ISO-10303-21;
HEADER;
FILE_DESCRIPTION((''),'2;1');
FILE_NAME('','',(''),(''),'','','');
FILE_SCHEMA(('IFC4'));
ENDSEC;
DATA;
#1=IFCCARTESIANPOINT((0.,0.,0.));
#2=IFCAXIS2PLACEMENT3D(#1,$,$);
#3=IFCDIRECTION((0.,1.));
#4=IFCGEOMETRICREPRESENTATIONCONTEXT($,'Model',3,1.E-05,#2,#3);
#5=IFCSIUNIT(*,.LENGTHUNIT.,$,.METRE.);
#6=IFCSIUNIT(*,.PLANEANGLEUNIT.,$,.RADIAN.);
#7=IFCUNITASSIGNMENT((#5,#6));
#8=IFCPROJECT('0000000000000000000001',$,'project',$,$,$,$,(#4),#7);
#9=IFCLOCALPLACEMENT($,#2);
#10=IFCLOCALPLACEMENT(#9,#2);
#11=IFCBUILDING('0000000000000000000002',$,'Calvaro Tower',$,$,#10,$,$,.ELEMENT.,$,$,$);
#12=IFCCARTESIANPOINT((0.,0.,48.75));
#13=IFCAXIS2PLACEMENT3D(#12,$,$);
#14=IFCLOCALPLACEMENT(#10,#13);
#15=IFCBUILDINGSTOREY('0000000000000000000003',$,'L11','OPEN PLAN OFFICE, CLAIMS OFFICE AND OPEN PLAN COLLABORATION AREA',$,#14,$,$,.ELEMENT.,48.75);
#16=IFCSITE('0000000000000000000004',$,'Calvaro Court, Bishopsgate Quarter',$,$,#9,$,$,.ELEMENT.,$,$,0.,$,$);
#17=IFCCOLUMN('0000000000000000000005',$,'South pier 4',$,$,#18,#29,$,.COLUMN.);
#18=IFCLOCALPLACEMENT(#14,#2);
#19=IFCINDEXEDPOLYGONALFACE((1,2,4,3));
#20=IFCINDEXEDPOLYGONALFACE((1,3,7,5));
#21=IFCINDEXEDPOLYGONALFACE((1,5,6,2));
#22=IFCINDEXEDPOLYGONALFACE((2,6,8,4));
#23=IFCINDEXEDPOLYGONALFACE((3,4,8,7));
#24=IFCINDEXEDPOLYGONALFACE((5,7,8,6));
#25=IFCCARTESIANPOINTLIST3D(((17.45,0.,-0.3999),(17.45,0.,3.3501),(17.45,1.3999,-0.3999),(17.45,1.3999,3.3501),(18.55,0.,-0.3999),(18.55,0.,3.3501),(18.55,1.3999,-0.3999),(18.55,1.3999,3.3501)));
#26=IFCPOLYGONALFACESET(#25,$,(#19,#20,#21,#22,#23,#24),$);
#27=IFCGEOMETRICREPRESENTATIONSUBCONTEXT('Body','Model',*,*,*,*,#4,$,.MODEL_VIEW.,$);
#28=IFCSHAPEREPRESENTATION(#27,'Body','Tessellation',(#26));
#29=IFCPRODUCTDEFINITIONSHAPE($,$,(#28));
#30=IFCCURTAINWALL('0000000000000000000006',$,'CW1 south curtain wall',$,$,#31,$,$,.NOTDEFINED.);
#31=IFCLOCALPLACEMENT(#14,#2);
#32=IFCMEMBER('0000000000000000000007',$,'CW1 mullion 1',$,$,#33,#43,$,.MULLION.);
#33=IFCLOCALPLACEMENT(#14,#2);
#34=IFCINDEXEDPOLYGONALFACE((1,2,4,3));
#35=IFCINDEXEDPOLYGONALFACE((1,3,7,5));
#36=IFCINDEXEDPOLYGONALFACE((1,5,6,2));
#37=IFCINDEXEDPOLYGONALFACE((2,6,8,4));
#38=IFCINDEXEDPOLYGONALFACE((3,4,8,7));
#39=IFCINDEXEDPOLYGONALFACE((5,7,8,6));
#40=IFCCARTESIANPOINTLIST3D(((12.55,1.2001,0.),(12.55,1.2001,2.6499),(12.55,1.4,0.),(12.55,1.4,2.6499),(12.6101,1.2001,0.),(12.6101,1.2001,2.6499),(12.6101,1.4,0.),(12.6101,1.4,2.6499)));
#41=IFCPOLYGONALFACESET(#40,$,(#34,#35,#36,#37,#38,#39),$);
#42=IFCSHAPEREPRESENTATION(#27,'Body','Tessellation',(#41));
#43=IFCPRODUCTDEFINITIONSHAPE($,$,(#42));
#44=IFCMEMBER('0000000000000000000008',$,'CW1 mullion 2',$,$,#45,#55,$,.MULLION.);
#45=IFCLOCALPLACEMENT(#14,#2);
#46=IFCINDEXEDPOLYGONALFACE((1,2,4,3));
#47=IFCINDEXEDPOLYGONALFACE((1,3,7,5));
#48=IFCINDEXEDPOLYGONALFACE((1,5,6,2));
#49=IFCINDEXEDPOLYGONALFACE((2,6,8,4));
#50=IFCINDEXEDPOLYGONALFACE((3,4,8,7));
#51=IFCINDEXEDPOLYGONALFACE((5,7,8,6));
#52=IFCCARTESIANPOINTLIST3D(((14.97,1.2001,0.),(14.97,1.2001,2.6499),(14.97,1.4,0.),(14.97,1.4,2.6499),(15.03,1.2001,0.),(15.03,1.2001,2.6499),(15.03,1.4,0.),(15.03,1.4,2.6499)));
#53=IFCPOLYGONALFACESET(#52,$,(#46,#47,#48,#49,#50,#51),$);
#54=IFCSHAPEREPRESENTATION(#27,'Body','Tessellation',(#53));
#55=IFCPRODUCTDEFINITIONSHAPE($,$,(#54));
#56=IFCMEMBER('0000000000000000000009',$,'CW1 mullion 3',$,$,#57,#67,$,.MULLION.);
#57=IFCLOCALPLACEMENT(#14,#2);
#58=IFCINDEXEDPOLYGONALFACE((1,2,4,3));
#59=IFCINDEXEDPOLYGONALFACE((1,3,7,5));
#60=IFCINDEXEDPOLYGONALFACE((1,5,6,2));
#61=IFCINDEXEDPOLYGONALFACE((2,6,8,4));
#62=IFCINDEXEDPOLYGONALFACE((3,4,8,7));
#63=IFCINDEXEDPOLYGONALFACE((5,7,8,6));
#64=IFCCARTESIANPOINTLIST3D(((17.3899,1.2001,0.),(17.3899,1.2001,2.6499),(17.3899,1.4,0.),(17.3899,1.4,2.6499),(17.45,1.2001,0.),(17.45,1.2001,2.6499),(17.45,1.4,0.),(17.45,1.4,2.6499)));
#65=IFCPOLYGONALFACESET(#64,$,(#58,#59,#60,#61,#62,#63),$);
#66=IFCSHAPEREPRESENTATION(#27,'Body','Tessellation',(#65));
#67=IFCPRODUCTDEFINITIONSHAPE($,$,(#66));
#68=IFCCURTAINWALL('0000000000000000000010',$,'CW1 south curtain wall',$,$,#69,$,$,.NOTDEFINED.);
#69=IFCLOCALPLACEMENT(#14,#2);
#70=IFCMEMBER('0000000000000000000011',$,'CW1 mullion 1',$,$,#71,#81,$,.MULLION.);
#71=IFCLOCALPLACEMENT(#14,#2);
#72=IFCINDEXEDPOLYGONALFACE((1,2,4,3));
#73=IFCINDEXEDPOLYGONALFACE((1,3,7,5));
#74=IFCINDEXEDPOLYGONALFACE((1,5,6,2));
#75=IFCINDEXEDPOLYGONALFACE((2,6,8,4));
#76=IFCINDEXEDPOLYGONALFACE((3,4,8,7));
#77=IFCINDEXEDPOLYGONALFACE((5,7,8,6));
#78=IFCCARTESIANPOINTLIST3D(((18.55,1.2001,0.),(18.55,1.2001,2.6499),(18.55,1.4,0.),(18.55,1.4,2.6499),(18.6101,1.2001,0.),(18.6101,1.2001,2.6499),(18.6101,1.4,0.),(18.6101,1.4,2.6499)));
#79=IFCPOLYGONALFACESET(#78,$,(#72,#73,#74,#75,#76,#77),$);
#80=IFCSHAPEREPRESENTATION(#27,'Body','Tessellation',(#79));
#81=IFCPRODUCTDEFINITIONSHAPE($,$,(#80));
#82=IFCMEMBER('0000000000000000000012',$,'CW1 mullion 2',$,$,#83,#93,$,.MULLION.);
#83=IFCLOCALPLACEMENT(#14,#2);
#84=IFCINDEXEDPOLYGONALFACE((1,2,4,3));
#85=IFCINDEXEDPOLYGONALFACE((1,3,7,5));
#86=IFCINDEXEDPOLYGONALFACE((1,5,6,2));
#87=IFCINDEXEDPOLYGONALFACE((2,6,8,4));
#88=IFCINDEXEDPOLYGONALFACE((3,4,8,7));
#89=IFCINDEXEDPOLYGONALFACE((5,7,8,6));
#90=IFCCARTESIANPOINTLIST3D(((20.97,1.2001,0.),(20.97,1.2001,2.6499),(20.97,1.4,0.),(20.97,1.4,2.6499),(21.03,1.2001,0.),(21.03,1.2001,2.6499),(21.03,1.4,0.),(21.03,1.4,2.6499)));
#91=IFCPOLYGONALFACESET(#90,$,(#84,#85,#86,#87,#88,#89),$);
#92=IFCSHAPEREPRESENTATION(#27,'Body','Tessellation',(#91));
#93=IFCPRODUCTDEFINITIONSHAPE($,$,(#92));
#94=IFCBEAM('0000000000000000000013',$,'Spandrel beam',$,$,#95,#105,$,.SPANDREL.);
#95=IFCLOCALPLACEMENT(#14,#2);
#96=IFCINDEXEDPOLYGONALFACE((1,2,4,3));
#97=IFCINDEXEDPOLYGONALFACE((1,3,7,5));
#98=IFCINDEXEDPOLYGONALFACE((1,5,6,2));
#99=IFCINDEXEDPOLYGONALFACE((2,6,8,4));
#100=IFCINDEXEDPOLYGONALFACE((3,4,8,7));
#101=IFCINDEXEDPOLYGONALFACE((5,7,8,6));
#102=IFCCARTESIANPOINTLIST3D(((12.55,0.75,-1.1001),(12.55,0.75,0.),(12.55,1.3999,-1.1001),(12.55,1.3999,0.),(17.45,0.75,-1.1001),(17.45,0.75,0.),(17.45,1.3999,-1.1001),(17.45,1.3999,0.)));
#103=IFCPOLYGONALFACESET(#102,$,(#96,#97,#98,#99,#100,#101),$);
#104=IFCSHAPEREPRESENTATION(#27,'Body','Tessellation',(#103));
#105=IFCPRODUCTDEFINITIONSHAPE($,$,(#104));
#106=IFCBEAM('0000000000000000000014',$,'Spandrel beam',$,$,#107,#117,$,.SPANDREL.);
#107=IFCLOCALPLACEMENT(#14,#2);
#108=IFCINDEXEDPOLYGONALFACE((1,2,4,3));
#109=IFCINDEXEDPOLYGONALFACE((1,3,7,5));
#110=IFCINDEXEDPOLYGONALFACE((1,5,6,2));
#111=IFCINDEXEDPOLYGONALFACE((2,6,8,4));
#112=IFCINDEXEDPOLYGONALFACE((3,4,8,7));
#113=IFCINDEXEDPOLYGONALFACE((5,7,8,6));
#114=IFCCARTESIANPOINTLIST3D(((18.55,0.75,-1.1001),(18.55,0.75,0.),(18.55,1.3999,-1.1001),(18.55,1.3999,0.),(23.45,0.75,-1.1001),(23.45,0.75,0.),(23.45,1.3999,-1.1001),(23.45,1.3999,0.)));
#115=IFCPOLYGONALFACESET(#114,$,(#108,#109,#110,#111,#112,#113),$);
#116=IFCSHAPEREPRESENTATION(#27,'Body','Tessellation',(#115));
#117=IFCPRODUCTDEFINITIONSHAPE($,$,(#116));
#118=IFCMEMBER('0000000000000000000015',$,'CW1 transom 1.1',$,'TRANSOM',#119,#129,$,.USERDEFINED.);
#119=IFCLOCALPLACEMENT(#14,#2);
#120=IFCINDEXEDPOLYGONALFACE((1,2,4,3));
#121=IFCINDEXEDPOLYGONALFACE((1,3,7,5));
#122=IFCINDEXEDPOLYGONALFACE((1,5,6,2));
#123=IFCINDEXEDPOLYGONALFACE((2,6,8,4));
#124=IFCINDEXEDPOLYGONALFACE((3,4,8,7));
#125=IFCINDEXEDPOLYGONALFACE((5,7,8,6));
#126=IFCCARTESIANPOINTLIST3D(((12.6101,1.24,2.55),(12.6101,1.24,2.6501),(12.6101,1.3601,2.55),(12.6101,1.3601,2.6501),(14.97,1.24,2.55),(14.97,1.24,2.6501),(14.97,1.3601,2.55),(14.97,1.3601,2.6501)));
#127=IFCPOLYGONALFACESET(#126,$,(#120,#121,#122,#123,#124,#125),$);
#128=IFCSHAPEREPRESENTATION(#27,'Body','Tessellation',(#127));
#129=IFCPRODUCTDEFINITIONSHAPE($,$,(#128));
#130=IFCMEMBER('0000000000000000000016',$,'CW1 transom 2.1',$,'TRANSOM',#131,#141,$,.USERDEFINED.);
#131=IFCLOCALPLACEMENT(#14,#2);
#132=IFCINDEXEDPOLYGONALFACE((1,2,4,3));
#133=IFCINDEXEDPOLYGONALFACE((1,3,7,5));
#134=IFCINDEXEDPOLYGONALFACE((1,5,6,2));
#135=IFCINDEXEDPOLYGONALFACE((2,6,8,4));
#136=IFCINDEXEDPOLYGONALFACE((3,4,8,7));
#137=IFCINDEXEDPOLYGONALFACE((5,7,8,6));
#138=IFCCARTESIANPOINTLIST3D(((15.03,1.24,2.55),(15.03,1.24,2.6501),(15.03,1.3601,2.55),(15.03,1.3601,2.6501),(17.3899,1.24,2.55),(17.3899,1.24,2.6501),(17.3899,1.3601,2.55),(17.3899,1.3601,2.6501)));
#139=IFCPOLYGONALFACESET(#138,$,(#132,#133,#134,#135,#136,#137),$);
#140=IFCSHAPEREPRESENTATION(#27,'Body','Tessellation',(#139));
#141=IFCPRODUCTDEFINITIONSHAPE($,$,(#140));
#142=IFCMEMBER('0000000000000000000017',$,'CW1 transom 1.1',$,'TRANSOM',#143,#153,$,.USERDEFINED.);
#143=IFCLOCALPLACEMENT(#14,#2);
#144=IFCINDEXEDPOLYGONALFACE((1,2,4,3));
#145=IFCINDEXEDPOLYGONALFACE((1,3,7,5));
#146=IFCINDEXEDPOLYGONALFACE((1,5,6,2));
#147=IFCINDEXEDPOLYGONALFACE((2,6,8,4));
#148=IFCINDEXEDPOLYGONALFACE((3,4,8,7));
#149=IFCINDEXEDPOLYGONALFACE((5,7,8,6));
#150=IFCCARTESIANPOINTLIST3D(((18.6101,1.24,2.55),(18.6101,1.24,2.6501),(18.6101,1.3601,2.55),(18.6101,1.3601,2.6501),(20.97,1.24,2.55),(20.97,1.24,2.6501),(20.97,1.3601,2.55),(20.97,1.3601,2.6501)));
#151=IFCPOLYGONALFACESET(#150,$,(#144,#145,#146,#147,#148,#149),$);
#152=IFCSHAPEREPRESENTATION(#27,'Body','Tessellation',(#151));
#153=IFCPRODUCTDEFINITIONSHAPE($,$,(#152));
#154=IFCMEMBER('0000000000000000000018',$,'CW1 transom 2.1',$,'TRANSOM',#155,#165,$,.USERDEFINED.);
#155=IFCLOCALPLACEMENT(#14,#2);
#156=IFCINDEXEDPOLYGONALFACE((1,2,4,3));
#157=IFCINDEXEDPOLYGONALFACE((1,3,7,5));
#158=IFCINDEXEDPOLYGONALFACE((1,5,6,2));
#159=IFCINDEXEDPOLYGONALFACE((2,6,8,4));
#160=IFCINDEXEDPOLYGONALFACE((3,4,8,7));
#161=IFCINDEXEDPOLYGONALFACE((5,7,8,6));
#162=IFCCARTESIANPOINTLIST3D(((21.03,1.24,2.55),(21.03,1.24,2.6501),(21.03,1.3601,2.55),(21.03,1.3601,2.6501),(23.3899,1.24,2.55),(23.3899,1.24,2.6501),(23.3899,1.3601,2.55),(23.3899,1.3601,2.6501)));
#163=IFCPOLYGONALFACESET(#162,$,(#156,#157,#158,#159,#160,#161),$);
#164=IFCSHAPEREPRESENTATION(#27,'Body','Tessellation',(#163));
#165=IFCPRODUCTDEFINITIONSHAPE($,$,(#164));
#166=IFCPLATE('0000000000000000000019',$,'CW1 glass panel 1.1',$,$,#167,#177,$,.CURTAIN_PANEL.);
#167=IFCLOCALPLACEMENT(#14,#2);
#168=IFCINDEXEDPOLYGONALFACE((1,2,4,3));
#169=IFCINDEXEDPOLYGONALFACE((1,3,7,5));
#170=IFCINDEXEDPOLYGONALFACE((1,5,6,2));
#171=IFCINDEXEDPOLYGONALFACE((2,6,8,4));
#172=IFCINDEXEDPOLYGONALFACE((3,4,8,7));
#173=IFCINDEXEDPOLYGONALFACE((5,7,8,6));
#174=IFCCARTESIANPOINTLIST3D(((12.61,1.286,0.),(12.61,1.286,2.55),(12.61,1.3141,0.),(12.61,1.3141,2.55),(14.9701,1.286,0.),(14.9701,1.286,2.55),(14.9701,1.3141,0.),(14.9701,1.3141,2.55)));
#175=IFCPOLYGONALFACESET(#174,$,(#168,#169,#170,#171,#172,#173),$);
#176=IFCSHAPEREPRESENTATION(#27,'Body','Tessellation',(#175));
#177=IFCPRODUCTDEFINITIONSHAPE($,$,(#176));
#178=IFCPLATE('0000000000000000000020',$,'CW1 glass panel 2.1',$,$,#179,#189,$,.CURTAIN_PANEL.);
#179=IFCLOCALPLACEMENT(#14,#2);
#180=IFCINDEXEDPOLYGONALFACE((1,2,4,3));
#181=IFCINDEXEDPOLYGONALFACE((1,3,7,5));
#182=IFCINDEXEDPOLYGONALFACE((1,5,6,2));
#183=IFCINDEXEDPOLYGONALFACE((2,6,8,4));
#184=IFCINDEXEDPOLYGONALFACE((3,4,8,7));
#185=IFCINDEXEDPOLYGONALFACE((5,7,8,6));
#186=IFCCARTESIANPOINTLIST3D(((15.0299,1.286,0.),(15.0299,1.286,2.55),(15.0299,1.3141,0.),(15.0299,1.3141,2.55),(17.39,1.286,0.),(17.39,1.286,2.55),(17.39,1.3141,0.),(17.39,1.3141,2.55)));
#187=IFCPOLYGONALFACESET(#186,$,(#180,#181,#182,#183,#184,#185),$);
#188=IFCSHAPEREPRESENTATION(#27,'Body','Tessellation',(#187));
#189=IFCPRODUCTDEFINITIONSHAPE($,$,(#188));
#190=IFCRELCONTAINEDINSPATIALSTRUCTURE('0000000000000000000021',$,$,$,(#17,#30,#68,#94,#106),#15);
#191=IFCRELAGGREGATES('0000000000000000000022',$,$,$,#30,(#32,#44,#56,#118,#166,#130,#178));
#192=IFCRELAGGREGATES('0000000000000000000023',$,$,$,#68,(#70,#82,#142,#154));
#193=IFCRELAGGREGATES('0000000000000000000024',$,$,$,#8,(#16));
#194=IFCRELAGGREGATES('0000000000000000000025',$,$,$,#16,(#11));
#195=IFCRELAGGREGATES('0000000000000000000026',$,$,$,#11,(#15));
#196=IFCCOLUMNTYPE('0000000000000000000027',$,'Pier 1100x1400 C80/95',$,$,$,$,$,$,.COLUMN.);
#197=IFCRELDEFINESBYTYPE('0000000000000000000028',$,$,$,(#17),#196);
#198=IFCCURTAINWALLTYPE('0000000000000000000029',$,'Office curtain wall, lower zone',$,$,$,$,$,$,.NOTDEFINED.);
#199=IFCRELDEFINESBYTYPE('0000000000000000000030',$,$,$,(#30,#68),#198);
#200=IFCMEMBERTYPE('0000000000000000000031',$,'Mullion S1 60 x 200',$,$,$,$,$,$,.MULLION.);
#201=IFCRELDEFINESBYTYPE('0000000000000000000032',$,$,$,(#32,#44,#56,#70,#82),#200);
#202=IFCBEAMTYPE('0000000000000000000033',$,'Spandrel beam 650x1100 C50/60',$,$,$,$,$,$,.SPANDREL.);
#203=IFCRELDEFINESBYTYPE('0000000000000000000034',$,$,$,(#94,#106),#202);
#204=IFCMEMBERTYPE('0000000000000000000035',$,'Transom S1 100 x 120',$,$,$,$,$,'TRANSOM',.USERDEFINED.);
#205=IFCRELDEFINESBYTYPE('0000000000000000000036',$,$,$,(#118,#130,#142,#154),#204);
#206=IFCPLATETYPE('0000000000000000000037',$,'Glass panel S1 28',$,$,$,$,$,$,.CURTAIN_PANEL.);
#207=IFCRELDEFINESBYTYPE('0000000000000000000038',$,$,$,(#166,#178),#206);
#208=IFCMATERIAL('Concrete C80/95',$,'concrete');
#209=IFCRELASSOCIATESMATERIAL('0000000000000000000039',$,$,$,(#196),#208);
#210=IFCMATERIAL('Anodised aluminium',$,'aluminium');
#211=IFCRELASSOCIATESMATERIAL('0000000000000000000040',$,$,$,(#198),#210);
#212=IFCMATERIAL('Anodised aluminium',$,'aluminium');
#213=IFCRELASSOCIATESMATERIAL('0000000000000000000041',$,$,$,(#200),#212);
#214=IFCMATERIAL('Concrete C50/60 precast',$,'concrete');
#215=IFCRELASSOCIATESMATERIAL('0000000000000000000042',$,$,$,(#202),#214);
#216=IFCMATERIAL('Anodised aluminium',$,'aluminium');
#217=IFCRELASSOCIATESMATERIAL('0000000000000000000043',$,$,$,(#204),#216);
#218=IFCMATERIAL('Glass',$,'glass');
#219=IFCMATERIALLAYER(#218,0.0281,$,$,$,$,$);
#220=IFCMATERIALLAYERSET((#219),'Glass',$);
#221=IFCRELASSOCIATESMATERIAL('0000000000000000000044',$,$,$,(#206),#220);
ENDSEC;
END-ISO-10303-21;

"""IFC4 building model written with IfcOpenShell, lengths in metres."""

from ifc_helpers import new_model, si_unit, direction, frame, origin, origin_2d, place, context, subcontext, project, spatial, rectangle, extrude, material, layer, layer_set, material_profile, profile_set, type_object, element, aggregate, save


model = new_model("IFC4")

# Units and contexts
model_context = context("Model", 3, precision=1e-05, world=origin(), true_north=direction((0.0, 1.0)))
body_context = subcontext(model_context, "Body", "Model", "MODEL_VIEW")
ifc_project = project(units=[si_unit("LENGTHUNIT", "METRE"), si_unit("PLANEANGLEUNIT", "RADIAN")], contexts=[model_context])

# Site, building, storey
site_placement = place(None, origin())
site = spatial("IfcSite", under=ifc_project, at=site_placement, Name="Calvaro Court, Bishopsgate Quarter", CompositionType="ELEMENT", RefElevation=0.0)
building_placement = place(site_placement, origin())
building = spatial("IfcBuilding", under=site, at=building_placement, Name="Calvaro Tower", CompositionType="ELEMENT")
storey_placement = place(building_placement, frame((0.0, 0.0, 48.75)))
storey = spatial("IfcBuildingStorey", under=building, at=storey_placement, Name="L11", Description="OPEN PLAN OFFICE, CLAIMS OFFICE AND OPEN PLAN COLLABORATION AREA", CompositionType="ELEMENT", Elevation=48.75)

# Column
ifc_material_1 = material(Name="Concrete C80/95", Category="concrete")
ifc_material_profile_1 = material_profile(ifc_material_1, rectangle(XDim=1.1001, YDim=1.3999, at=origin_2d()), Name="RC 1100x1400")
ifc_profile_set_1 = profile_set([ifc_material_profile_1], Name="Concrete C80/95")
column_type = type_object("IfcColumnType", Name="Pier 1100x1400 C80/95", PredefinedType="COLUMN", material=ifc_profile_set_1)
column_placement = place(storey_placement, frame((18.0, 0.7, -0.3999), z_axis=(0.0, 0.0, 1.0), x_axis=(1.0, 0.0, 0.0)))
element("IfcColumn", 1, at=column_placement, inside=storey, type_object=column_type, Name="South pier 4", PredefinedType="COLUMN", context=body_context, shape_type="SweptSolid", body=[
    extrude(rectangle(XDim=1.1001, YDim=1.3999, at=origin_2d()), origin(), (0.0, 0.0, 1.0), 3.75),
])

# Curtain walls, members
ifc_material_2 = material(Name="Anodised aluminium", Category="aluminium")
curtain_wall_type = type_object("IfcCurtainWallType", Name="Office curtain wall, lower zone", PredefinedType="NOTDEFINED", material=ifc_material_2)
curtain_wall_1_placement = place(storey_placement, origin())
curtain_wall_1 = element("IfcCurtainWall", 2, at=curtain_wall_1_placement, inside=storey, type_object=curtain_wall_type, Name="CW1 south curtain wall", PredefinedType="NOTDEFINED")
ifc_material_3 = material(Name="Anodised aluminium", Category="aluminium")
ifc_material_profile_2 = material_profile(ifc_material_3, rectangle(XDim=0.2, YDim=0.0601, at=origin_2d()), Name="Mullion S1 60 x 200")
ifc_profile_set_2 = profile_set([ifc_material_profile_2], Name="Anodised aluminium")
member_type_1 = type_object("IfcMemberType", Name="Mullion S1 60 x 200", PredefinedType="MULLION", material=ifc_profile_set_2)
member_1_placement = place(storey_placement, frame((12.5801, 1.3, 0.0), z_axis=(0.0, 0.0, 1.0), x_axis=(0.0, 1.0, 0.0)))
member_1 = element("IfcMember", 3, at=member_1_placement, type_object=member_type_1, Name="CW1 mullion 1", PredefinedType="MULLION", context=body_context, shape_type="SweptSolid", body=[
    extrude(rectangle(XDim=0.2, YDim=0.0601, at=origin_2d()), origin(), (0.0, 0.0, 1.0), 2.6499),
])
member_2_placement = place(storey_placement, frame((15.0, 1.3, 0.0), z_axis=(0.0, 0.0, 1.0), x_axis=(0.0, 1.0, 0.0)))
member_2 = element("IfcMember", 4, at=member_2_placement, type_object=member_type_1, Name="CW1 mullion 2", PredefinedType="MULLION", context=body_context, shape_type="SweptSolid", body=[
    extrude(rectangle(XDim=0.2, YDim=0.0601, at=origin_2d()), origin(), (0.0, 0.0, 1.0), 2.6499),
])
member_3_placement = place(storey_placement, frame((17.4199, 1.3, 0.0), z_axis=(0.0, 0.0, 1.0), x_axis=(0.0, 1.0, 0.0)))
member_3 = element("IfcMember", 5, at=member_3_placement, type_object=member_type_1, Name="CW1 mullion 3", PredefinedType="MULLION", context=body_context, shape_type="SweptSolid", body=[
    extrude(rectangle(XDim=0.2, YDim=0.0601, at=origin_2d()), origin(), (0.0, 0.0, 1.0), 2.6499),
])
curtain_wall_2_placement = place(storey_placement, origin())
curtain_wall_2 = element("IfcCurtainWall", 6, at=curtain_wall_2_placement, inside=storey, type_object=curtain_wall_type, Name="CW1 south curtain wall", PredefinedType="NOTDEFINED")
member_4_placement = place(storey_placement, frame((18.5801, 1.3, 0.0), z_axis=(0.0, 0.0, 1.0), x_axis=(0.0, 1.0, 0.0)))
member_4 = element("IfcMember", 7, at=member_4_placement, type_object=member_type_1, Name="CW1 mullion 1", PredefinedType="MULLION", context=body_context, shape_type="SweptSolid", body=[
    extrude(rectangle(XDim=0.2, YDim=0.0601, at=origin_2d()), origin(), (0.0, 0.0, 1.0), 2.6499),
])
member_5_placement = place(storey_placement, frame((21.0, 1.3, 0.0), z_axis=(0.0, 0.0, 1.0), x_axis=(0.0, 1.0, 0.0)))
member_5 = element("IfcMember", 8, at=member_5_placement, type_object=member_type_1, Name="CW1 mullion 2", PredefinedType="MULLION", context=body_context, shape_type="SweptSolid", body=[
    extrude(rectangle(XDim=0.2, YDim=0.0601, at=origin_2d()), origin(), (0.0, 0.0, 1.0), 2.6499),
])

# Beams
ifc_material_4 = material(Name="Concrete C50/60 precast", Category="concrete")
ifc_material_profile_3 = material_profile(ifc_material_4, rectangle(XDim=0.6499, YDim=1.1001, at=origin_2d()), Name="RC 650x1100")
ifc_profile_set_3 = profile_set([ifc_material_profile_3], Name="Concrete C50/60 precast")
beam_type = type_object("IfcBeamType", Name="Spandrel beam 650x1100 C50/60", PredefinedType="SPANDREL", material=ifc_profile_set_3)
for number, where, z_axis, x_axis, name in (
    (9, (12.55, 1.075, -0.55), (1.0, 0.0, 0.0), (0.0, 1.0, 0.0), "Spandrel beam"),
    (10, (18.55, 1.075, -0.55), (1.0, 0.0, 0.0), (0.0, 1.0, 0.0), "Spandrel beam"),
):
    element("IfcBeam", number, at=place(storey_placement, frame(where, z_axis=z_axis, x_axis=x_axis)), inside=storey, type_object=beam_type, Name=name, PredefinedType="SPANDREL", context=body_context, shape_type="SweptSolid", body=[
        extrude(rectangle(XDim=0.6499, YDim=1.1001, at=origin_2d()), origin(), (0.0, 0.0, 1.0), 4.8999),
    ])

# Members
ifc_material_5 = material(Name="Anodised aluminium", Category="aluminium")
ifc_material_profile_4 = material_profile(ifc_material_5, rectangle(XDim=0.1201, YDim=0.1001, at=origin_2d()), Name="Transom S1 100 x 120")
ifc_profile_set_4 = profile_set([ifc_material_profile_4], Name="Anodised aluminium")
member_type_2 = type_object("IfcMemberType", Name="Transom S1 100 x 120", ElementType="TRANSOM", PredefinedType="USERDEFINED", material=ifc_profile_set_4)
member_6_placement = place(storey_placement, frame((12.6101, 1.3, 2.6001), z_axis=(1.0, 0.0, 0.0), x_axis=(0.0, 1.0, 0.0)))
member_6 = element("IfcMember", 11, at=member_6_placement, type_object=member_type_2, Name="CW1 transom 1.1", ObjectType="TRANSOM", PredefinedType="USERDEFINED", context=body_context, shape_type="SweptSolid", body=[
    extrude(rectangle(XDim=0.1201, YDim=0.1001, at=origin_2d()), origin(), (0.0, 0.0, 1.0), 2.3599),
])
member_7_placement = place(storey_placement, frame((15.03, 1.3, 2.6001), z_axis=(1.0, 0.0, 0.0), x_axis=(0.0, 1.0, 0.0)))
member_7 = element("IfcMember", 12, at=member_7_placement, type_object=member_type_2, Name="CW1 transom 2.1", ObjectType="TRANSOM", PredefinedType="USERDEFINED", context=body_context, shape_type="SweptSolid", body=[
    extrude(rectangle(XDim=0.1201, YDim=0.1001, at=origin_2d()), origin(), (0.0, 0.0, 1.0), 2.3599),
])
member_8_placement = place(storey_placement, frame((18.6101, 1.3, 2.6001), z_axis=(1.0, 0.0, 0.0), x_axis=(0.0, 1.0, 0.0)))
member_8 = element("IfcMember", 13, at=member_8_placement, type_object=member_type_2, Name="CW1 transom 1.1", ObjectType="TRANSOM", PredefinedType="USERDEFINED", context=body_context, shape_type="SweptSolid", body=[
    extrude(rectangle(XDim=0.1201, YDim=0.1001, at=origin_2d()), origin(), (0.0, 0.0, 1.0), 2.3599),
])
member_9_placement = place(storey_placement, frame((21.03, 1.3, 2.6001), z_axis=(1.0, 0.0, 0.0), x_axis=(0.0, 1.0, 0.0)))
member_9 = element("IfcMember", 14, at=member_9_placement, type_object=member_type_2, Name="CW1 transom 2.1", ObjectType="TRANSOM", PredefinedType="USERDEFINED", context=body_context, shape_type="SweptSolid", body=[
    extrude(rectangle(XDim=0.1201, YDim=0.1001, at=origin_2d()), origin(), (0.0, 0.0, 1.0), 2.3599),
])

# Plates
ifc_material_6 = material(Name="Glass", Category="glass")
ifc_layer = layer(ifc_material_6, 0.0281)
ifc_layer_set = layer_set([ifc_layer], Name="Glass")
plate_type = type_object("IfcPlateType", Name="Glass panel S1 28", PredefinedType="CURTAIN_PANEL", material=ifc_layer_set)
plate_1_placement = place(storey_placement, frame((13.79, 1.3, 0.0), z_axis=(0.0, 0.0, 1.0), x_axis=(1.0, 0.0, 0.0)))
plate_1 = element("IfcPlate", 15, at=plate_1_placement, type_object=plate_type, Name="CW1 glass panel 1.1", PredefinedType="CURTAIN_PANEL", context=body_context, shape_type="SweptSolid", body=[
    extrude(rectangle(XDim=2.3601, YDim=0.0281, at=origin_2d()), origin(), (0.0, 0.0, 1.0), 2.55),
])
plate_2_placement = place(storey_placement, frame((16.21, 1.3, 0.0), z_axis=(0.0, 0.0, 1.0), x_axis=(1.0, 0.0, 0.0)))
plate_2 = element("IfcPlate", 16, at=plate_2_placement, type_object=plate_type, Name="CW1 glass panel 2.1", PredefinedType="CURTAIN_PANEL", context=body_context, shape_type="SweptSolid", body=[
    extrude(rectangle(XDim=2.3601, YDim=0.0281, at=origin_2d()), origin(), (0.0, 0.0, 1.0), 2.55),
])
aggregate(curtain_wall_1, [member_1, member_2, member_3, member_6, plate_1, member_7, plate_2])
aggregate(curtain_wall_2, [member_4, member_5, member_8, member_9])

save(model, "model.ifc")
